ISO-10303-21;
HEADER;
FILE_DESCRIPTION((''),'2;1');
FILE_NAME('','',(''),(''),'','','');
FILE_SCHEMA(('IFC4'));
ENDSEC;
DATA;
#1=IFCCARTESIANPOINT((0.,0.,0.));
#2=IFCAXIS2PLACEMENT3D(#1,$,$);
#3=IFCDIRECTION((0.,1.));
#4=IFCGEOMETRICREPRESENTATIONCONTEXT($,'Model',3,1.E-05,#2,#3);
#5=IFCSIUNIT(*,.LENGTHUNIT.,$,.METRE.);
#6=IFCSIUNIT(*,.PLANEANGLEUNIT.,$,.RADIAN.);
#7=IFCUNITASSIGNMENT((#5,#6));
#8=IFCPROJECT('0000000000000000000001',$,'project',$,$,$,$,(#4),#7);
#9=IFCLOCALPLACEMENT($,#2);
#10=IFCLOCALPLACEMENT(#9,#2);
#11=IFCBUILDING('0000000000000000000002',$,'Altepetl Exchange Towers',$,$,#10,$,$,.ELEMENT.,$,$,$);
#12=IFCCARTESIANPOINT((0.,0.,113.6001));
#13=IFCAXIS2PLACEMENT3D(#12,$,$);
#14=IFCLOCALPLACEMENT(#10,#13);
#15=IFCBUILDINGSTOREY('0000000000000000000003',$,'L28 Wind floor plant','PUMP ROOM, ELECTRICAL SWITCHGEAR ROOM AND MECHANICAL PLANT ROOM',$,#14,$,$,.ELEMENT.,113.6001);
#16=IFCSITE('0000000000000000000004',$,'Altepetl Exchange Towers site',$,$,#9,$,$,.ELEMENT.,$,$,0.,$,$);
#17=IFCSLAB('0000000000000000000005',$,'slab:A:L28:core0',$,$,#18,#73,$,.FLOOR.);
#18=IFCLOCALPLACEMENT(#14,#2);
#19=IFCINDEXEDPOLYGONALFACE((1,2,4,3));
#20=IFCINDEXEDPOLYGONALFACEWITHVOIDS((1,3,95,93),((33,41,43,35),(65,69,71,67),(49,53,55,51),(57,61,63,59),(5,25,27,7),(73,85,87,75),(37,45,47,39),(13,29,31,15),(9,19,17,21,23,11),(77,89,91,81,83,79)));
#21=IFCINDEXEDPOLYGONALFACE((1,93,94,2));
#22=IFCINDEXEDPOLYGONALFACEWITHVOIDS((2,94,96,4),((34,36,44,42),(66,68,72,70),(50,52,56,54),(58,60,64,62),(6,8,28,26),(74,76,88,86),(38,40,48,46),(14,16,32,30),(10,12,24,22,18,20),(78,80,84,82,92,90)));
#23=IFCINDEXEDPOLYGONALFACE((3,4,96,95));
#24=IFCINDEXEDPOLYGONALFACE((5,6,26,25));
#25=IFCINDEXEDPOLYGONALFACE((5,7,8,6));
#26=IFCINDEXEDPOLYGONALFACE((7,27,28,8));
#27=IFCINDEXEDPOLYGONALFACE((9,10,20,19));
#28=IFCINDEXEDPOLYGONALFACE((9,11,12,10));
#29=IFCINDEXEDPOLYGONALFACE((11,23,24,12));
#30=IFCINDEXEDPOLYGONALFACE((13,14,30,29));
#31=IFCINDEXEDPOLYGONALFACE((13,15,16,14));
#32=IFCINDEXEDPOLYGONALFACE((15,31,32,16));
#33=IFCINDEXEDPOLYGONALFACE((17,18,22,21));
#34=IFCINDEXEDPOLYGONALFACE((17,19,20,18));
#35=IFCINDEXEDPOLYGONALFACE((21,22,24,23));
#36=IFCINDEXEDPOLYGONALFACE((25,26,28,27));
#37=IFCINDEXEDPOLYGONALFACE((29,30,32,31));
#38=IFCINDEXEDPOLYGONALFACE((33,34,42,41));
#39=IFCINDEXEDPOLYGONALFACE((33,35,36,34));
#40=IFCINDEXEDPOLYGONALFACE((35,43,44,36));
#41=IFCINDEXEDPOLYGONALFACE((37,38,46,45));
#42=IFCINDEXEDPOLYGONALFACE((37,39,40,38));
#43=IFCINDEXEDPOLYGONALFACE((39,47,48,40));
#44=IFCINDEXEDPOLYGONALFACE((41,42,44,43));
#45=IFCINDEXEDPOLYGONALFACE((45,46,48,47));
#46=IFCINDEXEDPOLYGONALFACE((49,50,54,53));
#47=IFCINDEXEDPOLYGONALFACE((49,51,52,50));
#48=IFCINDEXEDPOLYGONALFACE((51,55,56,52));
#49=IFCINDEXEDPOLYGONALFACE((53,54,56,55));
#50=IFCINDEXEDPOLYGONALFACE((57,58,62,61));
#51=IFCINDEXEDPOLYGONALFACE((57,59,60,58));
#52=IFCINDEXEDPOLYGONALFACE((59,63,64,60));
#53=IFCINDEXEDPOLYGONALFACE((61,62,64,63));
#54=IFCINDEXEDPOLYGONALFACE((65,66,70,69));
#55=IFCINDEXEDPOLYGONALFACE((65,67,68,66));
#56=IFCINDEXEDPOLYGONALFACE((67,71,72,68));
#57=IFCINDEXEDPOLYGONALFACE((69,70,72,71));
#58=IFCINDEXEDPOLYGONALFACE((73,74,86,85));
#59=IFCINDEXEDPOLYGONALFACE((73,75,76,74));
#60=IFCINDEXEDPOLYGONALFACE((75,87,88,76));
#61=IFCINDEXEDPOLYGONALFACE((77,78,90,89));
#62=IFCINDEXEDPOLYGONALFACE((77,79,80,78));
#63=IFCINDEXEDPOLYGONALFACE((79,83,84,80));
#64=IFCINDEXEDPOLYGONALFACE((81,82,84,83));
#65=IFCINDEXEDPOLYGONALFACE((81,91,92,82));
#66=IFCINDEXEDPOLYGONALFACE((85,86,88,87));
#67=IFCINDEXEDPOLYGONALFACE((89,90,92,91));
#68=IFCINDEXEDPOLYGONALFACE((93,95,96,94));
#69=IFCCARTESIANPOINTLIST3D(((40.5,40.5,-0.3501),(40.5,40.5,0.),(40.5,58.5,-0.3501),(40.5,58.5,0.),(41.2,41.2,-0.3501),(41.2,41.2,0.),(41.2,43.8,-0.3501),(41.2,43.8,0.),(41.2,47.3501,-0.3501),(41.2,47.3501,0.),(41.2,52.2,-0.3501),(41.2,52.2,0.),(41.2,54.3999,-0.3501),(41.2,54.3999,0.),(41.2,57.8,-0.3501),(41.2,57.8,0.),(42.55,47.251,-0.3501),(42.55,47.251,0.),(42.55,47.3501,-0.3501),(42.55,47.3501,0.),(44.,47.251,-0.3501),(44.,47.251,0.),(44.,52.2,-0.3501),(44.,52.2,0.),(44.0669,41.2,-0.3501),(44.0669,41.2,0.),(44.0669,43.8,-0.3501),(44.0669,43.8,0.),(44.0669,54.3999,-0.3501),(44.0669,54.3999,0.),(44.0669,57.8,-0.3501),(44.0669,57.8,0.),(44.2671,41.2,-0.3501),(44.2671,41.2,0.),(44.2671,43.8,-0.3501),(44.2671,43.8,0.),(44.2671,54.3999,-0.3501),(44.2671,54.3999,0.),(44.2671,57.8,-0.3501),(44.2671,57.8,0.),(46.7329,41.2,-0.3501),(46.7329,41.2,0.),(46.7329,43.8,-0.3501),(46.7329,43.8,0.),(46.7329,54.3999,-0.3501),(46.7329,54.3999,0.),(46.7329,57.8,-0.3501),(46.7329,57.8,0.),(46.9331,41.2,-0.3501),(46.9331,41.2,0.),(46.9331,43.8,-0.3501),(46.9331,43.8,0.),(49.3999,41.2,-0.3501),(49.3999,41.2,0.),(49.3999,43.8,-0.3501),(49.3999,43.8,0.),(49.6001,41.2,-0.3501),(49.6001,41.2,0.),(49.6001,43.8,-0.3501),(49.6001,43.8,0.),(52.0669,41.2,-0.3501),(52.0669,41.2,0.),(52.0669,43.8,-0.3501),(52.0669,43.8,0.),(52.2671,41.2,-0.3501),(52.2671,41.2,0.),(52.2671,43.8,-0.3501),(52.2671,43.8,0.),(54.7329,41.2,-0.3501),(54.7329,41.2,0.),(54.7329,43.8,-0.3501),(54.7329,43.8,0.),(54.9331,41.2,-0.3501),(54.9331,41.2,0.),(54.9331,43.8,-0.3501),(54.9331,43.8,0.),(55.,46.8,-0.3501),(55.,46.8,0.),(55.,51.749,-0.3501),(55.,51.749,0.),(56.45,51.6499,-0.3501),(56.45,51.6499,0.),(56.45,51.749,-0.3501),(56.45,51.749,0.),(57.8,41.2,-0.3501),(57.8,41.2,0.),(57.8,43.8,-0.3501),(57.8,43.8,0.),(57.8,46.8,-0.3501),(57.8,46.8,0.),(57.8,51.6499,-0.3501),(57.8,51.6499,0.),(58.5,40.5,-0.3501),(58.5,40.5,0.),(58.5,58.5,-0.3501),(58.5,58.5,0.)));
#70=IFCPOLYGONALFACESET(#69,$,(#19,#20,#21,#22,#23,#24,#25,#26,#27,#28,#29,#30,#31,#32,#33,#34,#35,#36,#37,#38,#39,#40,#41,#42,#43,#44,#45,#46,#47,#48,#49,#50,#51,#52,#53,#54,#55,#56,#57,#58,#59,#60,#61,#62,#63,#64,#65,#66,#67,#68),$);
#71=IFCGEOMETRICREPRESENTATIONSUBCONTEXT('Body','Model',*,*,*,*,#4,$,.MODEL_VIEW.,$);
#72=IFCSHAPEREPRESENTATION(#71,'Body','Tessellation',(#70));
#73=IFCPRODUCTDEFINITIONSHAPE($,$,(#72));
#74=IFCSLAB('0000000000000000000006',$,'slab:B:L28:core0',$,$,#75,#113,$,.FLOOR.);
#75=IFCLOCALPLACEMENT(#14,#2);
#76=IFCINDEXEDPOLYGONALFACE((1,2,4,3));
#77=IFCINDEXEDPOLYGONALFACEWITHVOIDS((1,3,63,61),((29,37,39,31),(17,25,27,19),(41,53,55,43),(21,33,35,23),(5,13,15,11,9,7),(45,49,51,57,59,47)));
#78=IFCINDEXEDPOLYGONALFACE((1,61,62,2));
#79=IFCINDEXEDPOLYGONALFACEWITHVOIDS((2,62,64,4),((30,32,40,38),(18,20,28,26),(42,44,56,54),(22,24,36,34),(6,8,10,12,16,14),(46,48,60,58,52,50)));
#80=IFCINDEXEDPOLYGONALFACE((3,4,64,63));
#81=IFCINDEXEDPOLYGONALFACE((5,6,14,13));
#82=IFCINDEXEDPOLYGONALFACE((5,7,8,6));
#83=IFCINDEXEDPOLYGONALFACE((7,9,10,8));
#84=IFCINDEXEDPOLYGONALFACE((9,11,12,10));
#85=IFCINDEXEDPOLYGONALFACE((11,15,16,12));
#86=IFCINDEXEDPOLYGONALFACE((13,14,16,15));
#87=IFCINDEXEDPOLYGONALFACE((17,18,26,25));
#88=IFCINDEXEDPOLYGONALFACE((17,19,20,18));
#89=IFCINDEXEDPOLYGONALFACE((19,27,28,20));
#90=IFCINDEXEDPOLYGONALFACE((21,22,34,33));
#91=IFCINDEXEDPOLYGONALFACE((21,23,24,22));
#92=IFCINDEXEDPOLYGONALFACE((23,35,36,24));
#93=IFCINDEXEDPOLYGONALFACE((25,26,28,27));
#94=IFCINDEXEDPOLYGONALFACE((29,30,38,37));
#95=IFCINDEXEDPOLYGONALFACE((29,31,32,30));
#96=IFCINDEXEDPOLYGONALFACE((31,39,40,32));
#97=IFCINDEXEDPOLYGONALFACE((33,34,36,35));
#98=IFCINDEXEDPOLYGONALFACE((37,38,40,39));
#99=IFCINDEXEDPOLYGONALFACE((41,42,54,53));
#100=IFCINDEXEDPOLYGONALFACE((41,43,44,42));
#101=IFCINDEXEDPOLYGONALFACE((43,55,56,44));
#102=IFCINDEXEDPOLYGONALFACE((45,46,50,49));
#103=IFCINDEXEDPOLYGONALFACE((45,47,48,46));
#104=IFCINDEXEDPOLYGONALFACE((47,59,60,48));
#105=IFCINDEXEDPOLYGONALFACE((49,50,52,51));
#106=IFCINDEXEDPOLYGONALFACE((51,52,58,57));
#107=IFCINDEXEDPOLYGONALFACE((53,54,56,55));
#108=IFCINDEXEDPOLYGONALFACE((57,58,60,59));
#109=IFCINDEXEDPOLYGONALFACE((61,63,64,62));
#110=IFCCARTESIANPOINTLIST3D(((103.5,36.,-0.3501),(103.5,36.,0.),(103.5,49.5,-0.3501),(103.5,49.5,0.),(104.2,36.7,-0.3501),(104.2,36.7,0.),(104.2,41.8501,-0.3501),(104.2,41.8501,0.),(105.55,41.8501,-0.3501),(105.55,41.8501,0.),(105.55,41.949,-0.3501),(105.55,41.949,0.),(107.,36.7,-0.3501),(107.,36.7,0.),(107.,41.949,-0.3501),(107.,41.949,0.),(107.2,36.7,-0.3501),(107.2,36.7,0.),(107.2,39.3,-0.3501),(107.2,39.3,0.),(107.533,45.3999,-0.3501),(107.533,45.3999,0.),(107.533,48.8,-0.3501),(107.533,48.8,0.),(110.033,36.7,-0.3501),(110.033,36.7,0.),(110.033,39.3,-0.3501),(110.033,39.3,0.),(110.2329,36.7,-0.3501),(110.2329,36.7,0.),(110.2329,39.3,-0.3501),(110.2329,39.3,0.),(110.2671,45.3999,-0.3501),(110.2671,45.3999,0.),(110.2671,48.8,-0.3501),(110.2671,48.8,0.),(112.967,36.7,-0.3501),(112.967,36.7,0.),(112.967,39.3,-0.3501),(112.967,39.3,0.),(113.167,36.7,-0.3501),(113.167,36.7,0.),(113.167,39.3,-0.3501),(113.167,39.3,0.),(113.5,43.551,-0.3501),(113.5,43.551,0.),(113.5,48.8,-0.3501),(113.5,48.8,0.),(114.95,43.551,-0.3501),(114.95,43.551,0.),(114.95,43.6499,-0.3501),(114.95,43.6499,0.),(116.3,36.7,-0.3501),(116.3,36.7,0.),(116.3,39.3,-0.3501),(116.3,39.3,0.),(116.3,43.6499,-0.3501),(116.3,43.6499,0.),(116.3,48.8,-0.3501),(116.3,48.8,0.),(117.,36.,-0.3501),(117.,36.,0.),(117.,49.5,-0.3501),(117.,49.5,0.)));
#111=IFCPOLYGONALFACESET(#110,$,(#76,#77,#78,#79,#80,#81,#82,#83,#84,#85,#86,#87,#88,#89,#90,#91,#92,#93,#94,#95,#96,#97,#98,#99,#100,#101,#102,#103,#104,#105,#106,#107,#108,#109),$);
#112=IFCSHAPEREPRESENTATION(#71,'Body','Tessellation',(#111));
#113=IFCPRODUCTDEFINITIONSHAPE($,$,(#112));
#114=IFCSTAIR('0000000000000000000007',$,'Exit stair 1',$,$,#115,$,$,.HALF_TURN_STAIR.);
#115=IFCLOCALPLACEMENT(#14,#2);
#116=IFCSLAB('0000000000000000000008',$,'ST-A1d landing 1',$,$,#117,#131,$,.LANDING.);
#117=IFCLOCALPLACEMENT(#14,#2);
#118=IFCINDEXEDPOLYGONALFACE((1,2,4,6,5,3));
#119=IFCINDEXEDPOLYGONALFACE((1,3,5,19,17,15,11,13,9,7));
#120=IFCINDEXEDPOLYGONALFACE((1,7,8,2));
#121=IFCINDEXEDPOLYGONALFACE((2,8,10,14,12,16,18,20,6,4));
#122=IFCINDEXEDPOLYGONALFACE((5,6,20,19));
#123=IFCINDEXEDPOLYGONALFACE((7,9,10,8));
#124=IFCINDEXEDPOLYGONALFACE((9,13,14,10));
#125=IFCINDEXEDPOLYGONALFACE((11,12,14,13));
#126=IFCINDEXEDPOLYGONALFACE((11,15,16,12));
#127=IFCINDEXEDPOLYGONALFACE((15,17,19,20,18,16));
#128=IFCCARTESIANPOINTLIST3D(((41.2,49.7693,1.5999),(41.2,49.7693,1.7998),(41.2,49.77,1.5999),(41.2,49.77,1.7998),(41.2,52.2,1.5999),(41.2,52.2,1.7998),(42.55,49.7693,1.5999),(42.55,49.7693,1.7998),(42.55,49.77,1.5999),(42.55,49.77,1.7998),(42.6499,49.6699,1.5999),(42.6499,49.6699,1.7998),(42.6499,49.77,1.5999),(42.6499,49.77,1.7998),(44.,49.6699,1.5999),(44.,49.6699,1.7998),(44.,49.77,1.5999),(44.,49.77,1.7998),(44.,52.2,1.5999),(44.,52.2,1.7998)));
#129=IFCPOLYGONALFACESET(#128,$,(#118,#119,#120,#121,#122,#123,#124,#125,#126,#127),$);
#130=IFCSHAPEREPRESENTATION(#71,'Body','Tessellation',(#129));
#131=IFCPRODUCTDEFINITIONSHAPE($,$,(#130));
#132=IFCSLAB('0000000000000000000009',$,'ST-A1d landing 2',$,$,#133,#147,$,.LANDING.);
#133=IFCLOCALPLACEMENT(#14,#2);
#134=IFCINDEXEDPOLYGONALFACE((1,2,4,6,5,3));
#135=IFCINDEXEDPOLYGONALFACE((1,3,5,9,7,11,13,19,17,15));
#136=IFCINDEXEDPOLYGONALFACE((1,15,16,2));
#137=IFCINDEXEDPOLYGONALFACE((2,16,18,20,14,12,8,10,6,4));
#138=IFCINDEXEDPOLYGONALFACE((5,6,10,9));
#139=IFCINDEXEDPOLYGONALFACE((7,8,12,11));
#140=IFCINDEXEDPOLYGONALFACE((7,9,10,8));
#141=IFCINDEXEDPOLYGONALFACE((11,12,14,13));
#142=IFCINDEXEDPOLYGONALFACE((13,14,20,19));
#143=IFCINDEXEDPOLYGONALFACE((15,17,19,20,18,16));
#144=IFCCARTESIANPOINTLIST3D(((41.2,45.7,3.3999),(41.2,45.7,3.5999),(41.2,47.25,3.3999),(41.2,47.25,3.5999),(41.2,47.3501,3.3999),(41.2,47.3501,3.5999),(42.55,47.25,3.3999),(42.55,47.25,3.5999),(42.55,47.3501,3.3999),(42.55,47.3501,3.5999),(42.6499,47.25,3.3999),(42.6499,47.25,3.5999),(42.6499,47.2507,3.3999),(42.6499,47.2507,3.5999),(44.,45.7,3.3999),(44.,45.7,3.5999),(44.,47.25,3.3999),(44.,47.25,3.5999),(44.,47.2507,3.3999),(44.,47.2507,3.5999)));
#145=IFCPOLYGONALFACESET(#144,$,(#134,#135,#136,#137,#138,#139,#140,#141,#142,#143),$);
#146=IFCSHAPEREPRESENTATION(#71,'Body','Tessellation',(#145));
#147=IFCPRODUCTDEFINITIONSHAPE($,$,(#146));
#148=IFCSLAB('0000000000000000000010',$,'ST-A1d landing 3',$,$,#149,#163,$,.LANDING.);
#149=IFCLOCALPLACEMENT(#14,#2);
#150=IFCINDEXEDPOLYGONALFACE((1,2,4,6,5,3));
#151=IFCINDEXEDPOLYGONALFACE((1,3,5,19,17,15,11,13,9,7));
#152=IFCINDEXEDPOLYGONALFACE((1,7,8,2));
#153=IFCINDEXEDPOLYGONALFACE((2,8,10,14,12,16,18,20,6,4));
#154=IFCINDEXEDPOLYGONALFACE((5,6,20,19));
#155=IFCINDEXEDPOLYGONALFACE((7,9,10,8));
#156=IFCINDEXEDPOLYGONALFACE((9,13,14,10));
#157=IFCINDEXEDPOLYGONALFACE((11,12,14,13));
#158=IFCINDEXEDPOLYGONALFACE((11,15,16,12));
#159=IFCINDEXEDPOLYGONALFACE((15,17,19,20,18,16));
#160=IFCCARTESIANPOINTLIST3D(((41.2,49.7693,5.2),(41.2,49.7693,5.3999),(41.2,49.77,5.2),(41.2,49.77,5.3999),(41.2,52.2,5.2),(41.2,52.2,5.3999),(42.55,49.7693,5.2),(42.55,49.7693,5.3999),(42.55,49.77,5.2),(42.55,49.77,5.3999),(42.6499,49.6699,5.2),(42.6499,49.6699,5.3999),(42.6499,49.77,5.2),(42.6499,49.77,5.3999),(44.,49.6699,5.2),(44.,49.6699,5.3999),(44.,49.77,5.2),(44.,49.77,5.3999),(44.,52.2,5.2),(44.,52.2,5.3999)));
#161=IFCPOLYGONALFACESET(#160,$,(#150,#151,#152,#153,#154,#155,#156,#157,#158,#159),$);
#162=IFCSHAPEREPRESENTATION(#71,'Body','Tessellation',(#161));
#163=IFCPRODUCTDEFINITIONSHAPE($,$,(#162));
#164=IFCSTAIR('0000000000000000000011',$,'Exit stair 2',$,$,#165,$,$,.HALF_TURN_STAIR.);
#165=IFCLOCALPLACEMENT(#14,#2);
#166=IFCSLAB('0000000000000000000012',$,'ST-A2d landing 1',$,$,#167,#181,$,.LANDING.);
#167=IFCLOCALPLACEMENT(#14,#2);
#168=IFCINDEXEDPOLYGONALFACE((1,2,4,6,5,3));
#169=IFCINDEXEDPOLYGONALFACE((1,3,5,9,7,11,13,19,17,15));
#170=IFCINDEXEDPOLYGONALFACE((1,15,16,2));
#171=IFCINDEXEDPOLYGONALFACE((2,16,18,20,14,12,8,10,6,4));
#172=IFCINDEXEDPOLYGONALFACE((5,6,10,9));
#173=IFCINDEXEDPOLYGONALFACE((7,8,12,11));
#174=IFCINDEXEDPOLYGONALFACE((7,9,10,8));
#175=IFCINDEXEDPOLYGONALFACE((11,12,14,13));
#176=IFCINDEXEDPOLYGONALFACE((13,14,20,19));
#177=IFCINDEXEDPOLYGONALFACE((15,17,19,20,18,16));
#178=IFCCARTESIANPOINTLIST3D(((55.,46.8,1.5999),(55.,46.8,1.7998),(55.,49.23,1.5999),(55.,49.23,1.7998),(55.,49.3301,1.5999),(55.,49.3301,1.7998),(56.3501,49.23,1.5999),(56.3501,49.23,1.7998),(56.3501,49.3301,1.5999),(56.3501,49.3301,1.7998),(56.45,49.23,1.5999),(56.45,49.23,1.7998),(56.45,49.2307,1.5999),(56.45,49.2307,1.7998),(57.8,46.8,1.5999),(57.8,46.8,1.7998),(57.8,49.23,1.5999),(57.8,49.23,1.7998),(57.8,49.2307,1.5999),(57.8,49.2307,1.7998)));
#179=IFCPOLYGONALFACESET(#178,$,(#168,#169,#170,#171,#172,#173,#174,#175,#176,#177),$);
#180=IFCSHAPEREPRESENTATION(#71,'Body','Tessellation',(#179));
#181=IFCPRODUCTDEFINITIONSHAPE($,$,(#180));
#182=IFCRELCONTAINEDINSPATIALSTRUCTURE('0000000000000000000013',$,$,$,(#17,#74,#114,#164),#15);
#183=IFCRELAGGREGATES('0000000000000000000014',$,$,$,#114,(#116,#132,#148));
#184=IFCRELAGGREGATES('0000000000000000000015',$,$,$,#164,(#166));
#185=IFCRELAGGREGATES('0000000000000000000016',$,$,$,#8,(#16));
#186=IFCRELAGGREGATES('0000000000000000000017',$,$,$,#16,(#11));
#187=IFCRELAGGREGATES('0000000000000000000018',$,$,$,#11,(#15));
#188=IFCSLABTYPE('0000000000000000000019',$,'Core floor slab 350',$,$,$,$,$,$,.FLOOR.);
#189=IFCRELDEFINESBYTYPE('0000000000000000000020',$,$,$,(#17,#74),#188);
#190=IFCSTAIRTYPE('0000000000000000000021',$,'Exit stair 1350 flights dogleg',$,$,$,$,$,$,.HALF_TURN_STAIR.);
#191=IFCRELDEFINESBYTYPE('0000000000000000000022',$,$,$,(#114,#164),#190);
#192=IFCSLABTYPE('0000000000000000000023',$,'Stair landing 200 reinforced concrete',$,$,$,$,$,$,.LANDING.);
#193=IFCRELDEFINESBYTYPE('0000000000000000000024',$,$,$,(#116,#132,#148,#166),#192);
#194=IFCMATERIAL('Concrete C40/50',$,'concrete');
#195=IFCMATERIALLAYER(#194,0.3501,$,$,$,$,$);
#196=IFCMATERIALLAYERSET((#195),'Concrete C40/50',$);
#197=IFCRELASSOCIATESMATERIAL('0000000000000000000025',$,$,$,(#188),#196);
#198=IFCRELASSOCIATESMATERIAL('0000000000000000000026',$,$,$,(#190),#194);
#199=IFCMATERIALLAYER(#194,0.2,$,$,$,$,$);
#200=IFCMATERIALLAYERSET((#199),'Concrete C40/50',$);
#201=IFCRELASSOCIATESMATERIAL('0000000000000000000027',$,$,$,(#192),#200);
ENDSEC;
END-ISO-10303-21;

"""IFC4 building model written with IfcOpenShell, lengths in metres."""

from ifc_helpers import new_model, si_unit, direction, frame, origin, place, context, subcontext, project, spatial, polyline, outline, extrude, material, layer, layer_set, type_object, element, aggregate, save


model = new_model("IFC4")

# Units and contexts
model_context = context("Model", 3, precision=1e-05, world=origin(), true_north=direction((0.0, 1.0)))
body_context = subcontext(model_context, "Body", "Model", "MODEL_VIEW")
ifc_project = project(units=[si_unit("LENGTHUNIT", "METRE"), si_unit("PLANEANGLEUNIT", "RADIAN")], contexts=[model_context])

# Site, building, storey
site_placement = place(None, origin())
site = spatial("IfcSite", under=ifc_project, at=site_placement, Name="Altepetl Exchange Towers site", CompositionType="ELEMENT", RefElevation=0.0)
building_placement = place(site_placement, origin())
building = spatial("IfcBuilding", under=site, at=building_placement, Name="Altepetl Exchange Towers", CompositionType="ELEMENT")
storey_placement = place(building_placement, frame((0.0, 0.0, 113.6001)))
storey = spatial("IfcBuildingStorey", under=building, at=storey_placement, Name="L28 Wind floor plant", Description="PUMP ROOM, ELECTRICAL SWITCHGEAR ROOM AND MECHANICAL PLANT ROOM", CompositionType="ELEMENT", Elevation=113.6001)

# Slabs
ifc_material_1 = material(Name="Concrete C40/50", Category="concrete")
ifc_layer_1 = layer(ifc_material_1, 0.3501)
ifc_layer_set_1 = layer_set([ifc_layer_1], Name="Concrete C40/50")
slab_type_1 = type_object("IfcSlabType", Name="Core floor slab 350", PredefinedType="FLOOR", material=ifc_layer_set_1)
slab_1_placement = place(storey_placement, frame((0.0, 0.0, -0.3501)))
element("IfcSlab", 1, at=slab_1_placement, inside=storey, type_object=slab_type_1, Name="slab:A:L28:core0", PredefinedType="FLOOR", context=body_context, shape_type="SweptSolid", body=[
    extrude(outline(polyline([(40.5, 40.5), (58.5, 40.5), (58.5, 58.5), (40.5, 58.5), (40.5, 40.5)]), holes=[polyline([(41.2, 43.8), (44.0669, 43.8), (44.0669, 41.2), (41.2, 41.2), (41.2, 43.8)]), polyline([(44.2671, 43.8), (46.7329, 43.8), (46.7329, 41.2), (44.2671, 41.2), (44.2671, 43.8)]), polyline([(46.9331, 43.8), (49.3999, 43.8), (49.3999, 41.2), (46.9331, 41.2), (46.9331, 43.8)]), polyline([(52.0669, 43.8), (52.0669, 41.2), (49.6001, 41.2), (49.6001, 43.8), (52.0669, 43.8)]), polyline([(54.7329, 43.8), (54.7329, 41.2), (52.2671, 41.2), (52.2671, 43.8), (54.7329, 43.8)]), polyline([(54.9331, 43.8), (57.8, 43.8), (57.8, 41.2), (54.9331, 41.2), (54.9331, 43.8)]), polyline([(55.0, 51.749), (56.45, 51.749), (56.45, 51.6499), (57.8, 51.6499), (57.8, 46.8), (55.0, 46.8), (55.0, 51.749)]), polyline([(44.0, 47.251), (42.55, 47.251), (42.55, 47.3501), (41.2, 47.3501), (41.2, 52.2), (44.0, 52.2), (44.0, 47.251)]), polyline([(44.0669, 57.8), (44.0669, 54.3999), (41.2, 54.3999), (41.2, 57.8), (44.0669, 57.8)]), polyline([(46.7329, 57.8), (46.7329, 54.3999), (44.2671, 54.3999), (44.2671, 57.8), (46.7329, 57.8)])]), origin(), (0.0, 0.0, 1.0), 0.3501),
])
slab_2_placement = place(storey_placement, frame((0.0, 0.0, -0.3501)))
element("IfcSlab", 2, at=slab_2_placement, inside=storey, type_object=slab_type_1, Name="slab:B:L28:core0", PredefinedType="FLOOR", context=body_context, shape_type="SweptSolid", body=[
    extrude(outline(polyline([(103.5, 36.0), (117.0, 36.0), (117.0, 49.5), (103.5, 49.5), (103.5, 36.0)]), holes=[polyline([(107.2, 36.7), (107.2, 39.3), (110.033, 39.3), (110.033, 36.7), (107.2, 36.7)]), polyline([(110.2329, 39.3), (112.967, 39.3), (112.967, 36.7), (110.2329, 36.7), (110.2329, 39.3)]), polyline([(113.167, 39.3), (116.3, 39.3), (116.3, 36.7), (113.167, 36.7), (113.167, 39.3)]), polyline([(107.0, 36.7), (104.2, 36.7), (104.2, 41.8501), (105.55, 41.8501), (105.55, 41.949), (107.0, 41.949), (107.0, 36.7)]), polyline([(116.3, 48.8), (116.3, 43.6499), (114.95, 43.6499), (114.95, 43.551), (113.5, 43.551), (113.5, 48.8), (116.3, 48.8)]), polyline([(107.533, 48.8), (110.2671, 48.8), (110.2671, 45.3999), (107.533, 45.3999), (107.533, 48.8)])]), origin(), (0.0, 0.0, 1.0), 0.3501),
])

# Stairs, slabs
stair_type = type_object("IfcStairType", Name="Exit stair 1350 flights dogleg", PredefinedType="HALF_TURN_STAIR", material=ifc_material_1)
stair_1_placement = place(storey_placement, origin())
stair_1 = element("IfcStair", 3, at=stair_1_placement, inside=storey, type_object=stair_type, Name="Exit stair 1", PredefinedType="HALF_TURN_STAIR")
ifc_layer_2 = layer(ifc_material_1, 0.2)
ifc_layer_set_2 = layer_set([ifc_layer_2], Name="Concrete C40/50")
slab_type_2 = type_object("IfcSlabType", Name="Stair landing 200 reinforced concrete", PredefinedType="LANDING", material=ifc_layer_set_2)
slab_3_placement = place(storey_placement, frame((0.0, 0.0, 1.5999)))
slab_3 = element("IfcSlab", 4, at=slab_3_placement, type_object=slab_type_2, Name="ST-A1d landing 1", PredefinedType="LANDING", context=body_context, shape_type="SweptSolid", body=[
    extrude(outline(polyline([(44.0, 49.6699), (42.6499, 49.6699), (42.6499, 49.77), (42.55, 49.77), (42.55, 49.7693), (41.2, 49.7693), (41.2, 49.77), (41.2, 52.2), (44.0, 52.2), (44.0, 49.77), (44.0, 49.6699)])), origin(), (0.0, 0.0, 1.0), 0.2),
])
slab_4_placement = place(storey_placement, frame((0.0, 0.0, 3.3999)))
slab_4 = element("IfcSlab", 5, at=slab_4_placement, type_object=slab_type_2, Name="ST-A1d landing 2", PredefinedType="LANDING", context=body_context, shape_type="SweptSolid", body=[
    extrude(outline(polyline([(44.0, 45.7), (41.2, 45.7), (41.2, 47.25), (41.2, 47.3501), (42.55, 47.3501), (42.55, 47.25), (42.6499, 47.25), (42.6499, 47.2507), (44.0, 47.2507), (44.0, 47.25), (44.0, 45.7)])), origin(), (0.0, 0.0, 1.0), 0.2),
])
slab_5_placement = place(storey_placement, frame((0.0, 0.0, 5.2)))
slab_5 = element("IfcSlab", 6, at=slab_5_placement, type_object=slab_type_2, Name="ST-A1d landing 3", PredefinedType="LANDING", context=body_context, shape_type="SweptSolid", body=[
    extrude(outline(polyline([(44.0, 49.6699), (42.6499, 49.6699), (42.6499, 49.77), (42.55, 49.77), (42.55, 49.7693), (41.2, 49.7693), (41.2, 49.77), (41.2, 52.2), (44.0, 52.2), (44.0, 49.77), (44.0, 49.6699)])), origin(), (0.0, 0.0, 1.0), 0.2),
])
aggregate(stair_1, [slab_3, slab_4, slab_5])
stair_2_placement = place(storey_placement, origin())
stair_2 = element("IfcStair", 7, at=stair_2_placement, inside=storey, type_object=stair_type, Name="Exit stair 2", PredefinedType="HALF_TURN_STAIR")
slab_6_placement = place(storey_placement, frame((0.0, 0.0, 1.5999)))
slab_6 = element("IfcSlab", 8, at=slab_6_placement, type_object=slab_type_2, Name="ST-A2d landing 1", PredefinedType="LANDING", context=body_context, shape_type="SweptSolid", body=[
    extrude(outline(polyline([(57.8, 46.8), (55.0, 46.8), (55.0, 49.23), (55.0, 49.3301), (56.3501, 49.3301), (56.3501, 49.23), (56.45, 49.23), (56.45, 49.2307), (57.8, 49.2307), (57.8, 49.23), (57.8, 46.8)])), origin(), (0.0, 0.0, 1.0), 0.2),
])
aggregate(stair_2, [slab_6])

save(model, "model.ifc")
